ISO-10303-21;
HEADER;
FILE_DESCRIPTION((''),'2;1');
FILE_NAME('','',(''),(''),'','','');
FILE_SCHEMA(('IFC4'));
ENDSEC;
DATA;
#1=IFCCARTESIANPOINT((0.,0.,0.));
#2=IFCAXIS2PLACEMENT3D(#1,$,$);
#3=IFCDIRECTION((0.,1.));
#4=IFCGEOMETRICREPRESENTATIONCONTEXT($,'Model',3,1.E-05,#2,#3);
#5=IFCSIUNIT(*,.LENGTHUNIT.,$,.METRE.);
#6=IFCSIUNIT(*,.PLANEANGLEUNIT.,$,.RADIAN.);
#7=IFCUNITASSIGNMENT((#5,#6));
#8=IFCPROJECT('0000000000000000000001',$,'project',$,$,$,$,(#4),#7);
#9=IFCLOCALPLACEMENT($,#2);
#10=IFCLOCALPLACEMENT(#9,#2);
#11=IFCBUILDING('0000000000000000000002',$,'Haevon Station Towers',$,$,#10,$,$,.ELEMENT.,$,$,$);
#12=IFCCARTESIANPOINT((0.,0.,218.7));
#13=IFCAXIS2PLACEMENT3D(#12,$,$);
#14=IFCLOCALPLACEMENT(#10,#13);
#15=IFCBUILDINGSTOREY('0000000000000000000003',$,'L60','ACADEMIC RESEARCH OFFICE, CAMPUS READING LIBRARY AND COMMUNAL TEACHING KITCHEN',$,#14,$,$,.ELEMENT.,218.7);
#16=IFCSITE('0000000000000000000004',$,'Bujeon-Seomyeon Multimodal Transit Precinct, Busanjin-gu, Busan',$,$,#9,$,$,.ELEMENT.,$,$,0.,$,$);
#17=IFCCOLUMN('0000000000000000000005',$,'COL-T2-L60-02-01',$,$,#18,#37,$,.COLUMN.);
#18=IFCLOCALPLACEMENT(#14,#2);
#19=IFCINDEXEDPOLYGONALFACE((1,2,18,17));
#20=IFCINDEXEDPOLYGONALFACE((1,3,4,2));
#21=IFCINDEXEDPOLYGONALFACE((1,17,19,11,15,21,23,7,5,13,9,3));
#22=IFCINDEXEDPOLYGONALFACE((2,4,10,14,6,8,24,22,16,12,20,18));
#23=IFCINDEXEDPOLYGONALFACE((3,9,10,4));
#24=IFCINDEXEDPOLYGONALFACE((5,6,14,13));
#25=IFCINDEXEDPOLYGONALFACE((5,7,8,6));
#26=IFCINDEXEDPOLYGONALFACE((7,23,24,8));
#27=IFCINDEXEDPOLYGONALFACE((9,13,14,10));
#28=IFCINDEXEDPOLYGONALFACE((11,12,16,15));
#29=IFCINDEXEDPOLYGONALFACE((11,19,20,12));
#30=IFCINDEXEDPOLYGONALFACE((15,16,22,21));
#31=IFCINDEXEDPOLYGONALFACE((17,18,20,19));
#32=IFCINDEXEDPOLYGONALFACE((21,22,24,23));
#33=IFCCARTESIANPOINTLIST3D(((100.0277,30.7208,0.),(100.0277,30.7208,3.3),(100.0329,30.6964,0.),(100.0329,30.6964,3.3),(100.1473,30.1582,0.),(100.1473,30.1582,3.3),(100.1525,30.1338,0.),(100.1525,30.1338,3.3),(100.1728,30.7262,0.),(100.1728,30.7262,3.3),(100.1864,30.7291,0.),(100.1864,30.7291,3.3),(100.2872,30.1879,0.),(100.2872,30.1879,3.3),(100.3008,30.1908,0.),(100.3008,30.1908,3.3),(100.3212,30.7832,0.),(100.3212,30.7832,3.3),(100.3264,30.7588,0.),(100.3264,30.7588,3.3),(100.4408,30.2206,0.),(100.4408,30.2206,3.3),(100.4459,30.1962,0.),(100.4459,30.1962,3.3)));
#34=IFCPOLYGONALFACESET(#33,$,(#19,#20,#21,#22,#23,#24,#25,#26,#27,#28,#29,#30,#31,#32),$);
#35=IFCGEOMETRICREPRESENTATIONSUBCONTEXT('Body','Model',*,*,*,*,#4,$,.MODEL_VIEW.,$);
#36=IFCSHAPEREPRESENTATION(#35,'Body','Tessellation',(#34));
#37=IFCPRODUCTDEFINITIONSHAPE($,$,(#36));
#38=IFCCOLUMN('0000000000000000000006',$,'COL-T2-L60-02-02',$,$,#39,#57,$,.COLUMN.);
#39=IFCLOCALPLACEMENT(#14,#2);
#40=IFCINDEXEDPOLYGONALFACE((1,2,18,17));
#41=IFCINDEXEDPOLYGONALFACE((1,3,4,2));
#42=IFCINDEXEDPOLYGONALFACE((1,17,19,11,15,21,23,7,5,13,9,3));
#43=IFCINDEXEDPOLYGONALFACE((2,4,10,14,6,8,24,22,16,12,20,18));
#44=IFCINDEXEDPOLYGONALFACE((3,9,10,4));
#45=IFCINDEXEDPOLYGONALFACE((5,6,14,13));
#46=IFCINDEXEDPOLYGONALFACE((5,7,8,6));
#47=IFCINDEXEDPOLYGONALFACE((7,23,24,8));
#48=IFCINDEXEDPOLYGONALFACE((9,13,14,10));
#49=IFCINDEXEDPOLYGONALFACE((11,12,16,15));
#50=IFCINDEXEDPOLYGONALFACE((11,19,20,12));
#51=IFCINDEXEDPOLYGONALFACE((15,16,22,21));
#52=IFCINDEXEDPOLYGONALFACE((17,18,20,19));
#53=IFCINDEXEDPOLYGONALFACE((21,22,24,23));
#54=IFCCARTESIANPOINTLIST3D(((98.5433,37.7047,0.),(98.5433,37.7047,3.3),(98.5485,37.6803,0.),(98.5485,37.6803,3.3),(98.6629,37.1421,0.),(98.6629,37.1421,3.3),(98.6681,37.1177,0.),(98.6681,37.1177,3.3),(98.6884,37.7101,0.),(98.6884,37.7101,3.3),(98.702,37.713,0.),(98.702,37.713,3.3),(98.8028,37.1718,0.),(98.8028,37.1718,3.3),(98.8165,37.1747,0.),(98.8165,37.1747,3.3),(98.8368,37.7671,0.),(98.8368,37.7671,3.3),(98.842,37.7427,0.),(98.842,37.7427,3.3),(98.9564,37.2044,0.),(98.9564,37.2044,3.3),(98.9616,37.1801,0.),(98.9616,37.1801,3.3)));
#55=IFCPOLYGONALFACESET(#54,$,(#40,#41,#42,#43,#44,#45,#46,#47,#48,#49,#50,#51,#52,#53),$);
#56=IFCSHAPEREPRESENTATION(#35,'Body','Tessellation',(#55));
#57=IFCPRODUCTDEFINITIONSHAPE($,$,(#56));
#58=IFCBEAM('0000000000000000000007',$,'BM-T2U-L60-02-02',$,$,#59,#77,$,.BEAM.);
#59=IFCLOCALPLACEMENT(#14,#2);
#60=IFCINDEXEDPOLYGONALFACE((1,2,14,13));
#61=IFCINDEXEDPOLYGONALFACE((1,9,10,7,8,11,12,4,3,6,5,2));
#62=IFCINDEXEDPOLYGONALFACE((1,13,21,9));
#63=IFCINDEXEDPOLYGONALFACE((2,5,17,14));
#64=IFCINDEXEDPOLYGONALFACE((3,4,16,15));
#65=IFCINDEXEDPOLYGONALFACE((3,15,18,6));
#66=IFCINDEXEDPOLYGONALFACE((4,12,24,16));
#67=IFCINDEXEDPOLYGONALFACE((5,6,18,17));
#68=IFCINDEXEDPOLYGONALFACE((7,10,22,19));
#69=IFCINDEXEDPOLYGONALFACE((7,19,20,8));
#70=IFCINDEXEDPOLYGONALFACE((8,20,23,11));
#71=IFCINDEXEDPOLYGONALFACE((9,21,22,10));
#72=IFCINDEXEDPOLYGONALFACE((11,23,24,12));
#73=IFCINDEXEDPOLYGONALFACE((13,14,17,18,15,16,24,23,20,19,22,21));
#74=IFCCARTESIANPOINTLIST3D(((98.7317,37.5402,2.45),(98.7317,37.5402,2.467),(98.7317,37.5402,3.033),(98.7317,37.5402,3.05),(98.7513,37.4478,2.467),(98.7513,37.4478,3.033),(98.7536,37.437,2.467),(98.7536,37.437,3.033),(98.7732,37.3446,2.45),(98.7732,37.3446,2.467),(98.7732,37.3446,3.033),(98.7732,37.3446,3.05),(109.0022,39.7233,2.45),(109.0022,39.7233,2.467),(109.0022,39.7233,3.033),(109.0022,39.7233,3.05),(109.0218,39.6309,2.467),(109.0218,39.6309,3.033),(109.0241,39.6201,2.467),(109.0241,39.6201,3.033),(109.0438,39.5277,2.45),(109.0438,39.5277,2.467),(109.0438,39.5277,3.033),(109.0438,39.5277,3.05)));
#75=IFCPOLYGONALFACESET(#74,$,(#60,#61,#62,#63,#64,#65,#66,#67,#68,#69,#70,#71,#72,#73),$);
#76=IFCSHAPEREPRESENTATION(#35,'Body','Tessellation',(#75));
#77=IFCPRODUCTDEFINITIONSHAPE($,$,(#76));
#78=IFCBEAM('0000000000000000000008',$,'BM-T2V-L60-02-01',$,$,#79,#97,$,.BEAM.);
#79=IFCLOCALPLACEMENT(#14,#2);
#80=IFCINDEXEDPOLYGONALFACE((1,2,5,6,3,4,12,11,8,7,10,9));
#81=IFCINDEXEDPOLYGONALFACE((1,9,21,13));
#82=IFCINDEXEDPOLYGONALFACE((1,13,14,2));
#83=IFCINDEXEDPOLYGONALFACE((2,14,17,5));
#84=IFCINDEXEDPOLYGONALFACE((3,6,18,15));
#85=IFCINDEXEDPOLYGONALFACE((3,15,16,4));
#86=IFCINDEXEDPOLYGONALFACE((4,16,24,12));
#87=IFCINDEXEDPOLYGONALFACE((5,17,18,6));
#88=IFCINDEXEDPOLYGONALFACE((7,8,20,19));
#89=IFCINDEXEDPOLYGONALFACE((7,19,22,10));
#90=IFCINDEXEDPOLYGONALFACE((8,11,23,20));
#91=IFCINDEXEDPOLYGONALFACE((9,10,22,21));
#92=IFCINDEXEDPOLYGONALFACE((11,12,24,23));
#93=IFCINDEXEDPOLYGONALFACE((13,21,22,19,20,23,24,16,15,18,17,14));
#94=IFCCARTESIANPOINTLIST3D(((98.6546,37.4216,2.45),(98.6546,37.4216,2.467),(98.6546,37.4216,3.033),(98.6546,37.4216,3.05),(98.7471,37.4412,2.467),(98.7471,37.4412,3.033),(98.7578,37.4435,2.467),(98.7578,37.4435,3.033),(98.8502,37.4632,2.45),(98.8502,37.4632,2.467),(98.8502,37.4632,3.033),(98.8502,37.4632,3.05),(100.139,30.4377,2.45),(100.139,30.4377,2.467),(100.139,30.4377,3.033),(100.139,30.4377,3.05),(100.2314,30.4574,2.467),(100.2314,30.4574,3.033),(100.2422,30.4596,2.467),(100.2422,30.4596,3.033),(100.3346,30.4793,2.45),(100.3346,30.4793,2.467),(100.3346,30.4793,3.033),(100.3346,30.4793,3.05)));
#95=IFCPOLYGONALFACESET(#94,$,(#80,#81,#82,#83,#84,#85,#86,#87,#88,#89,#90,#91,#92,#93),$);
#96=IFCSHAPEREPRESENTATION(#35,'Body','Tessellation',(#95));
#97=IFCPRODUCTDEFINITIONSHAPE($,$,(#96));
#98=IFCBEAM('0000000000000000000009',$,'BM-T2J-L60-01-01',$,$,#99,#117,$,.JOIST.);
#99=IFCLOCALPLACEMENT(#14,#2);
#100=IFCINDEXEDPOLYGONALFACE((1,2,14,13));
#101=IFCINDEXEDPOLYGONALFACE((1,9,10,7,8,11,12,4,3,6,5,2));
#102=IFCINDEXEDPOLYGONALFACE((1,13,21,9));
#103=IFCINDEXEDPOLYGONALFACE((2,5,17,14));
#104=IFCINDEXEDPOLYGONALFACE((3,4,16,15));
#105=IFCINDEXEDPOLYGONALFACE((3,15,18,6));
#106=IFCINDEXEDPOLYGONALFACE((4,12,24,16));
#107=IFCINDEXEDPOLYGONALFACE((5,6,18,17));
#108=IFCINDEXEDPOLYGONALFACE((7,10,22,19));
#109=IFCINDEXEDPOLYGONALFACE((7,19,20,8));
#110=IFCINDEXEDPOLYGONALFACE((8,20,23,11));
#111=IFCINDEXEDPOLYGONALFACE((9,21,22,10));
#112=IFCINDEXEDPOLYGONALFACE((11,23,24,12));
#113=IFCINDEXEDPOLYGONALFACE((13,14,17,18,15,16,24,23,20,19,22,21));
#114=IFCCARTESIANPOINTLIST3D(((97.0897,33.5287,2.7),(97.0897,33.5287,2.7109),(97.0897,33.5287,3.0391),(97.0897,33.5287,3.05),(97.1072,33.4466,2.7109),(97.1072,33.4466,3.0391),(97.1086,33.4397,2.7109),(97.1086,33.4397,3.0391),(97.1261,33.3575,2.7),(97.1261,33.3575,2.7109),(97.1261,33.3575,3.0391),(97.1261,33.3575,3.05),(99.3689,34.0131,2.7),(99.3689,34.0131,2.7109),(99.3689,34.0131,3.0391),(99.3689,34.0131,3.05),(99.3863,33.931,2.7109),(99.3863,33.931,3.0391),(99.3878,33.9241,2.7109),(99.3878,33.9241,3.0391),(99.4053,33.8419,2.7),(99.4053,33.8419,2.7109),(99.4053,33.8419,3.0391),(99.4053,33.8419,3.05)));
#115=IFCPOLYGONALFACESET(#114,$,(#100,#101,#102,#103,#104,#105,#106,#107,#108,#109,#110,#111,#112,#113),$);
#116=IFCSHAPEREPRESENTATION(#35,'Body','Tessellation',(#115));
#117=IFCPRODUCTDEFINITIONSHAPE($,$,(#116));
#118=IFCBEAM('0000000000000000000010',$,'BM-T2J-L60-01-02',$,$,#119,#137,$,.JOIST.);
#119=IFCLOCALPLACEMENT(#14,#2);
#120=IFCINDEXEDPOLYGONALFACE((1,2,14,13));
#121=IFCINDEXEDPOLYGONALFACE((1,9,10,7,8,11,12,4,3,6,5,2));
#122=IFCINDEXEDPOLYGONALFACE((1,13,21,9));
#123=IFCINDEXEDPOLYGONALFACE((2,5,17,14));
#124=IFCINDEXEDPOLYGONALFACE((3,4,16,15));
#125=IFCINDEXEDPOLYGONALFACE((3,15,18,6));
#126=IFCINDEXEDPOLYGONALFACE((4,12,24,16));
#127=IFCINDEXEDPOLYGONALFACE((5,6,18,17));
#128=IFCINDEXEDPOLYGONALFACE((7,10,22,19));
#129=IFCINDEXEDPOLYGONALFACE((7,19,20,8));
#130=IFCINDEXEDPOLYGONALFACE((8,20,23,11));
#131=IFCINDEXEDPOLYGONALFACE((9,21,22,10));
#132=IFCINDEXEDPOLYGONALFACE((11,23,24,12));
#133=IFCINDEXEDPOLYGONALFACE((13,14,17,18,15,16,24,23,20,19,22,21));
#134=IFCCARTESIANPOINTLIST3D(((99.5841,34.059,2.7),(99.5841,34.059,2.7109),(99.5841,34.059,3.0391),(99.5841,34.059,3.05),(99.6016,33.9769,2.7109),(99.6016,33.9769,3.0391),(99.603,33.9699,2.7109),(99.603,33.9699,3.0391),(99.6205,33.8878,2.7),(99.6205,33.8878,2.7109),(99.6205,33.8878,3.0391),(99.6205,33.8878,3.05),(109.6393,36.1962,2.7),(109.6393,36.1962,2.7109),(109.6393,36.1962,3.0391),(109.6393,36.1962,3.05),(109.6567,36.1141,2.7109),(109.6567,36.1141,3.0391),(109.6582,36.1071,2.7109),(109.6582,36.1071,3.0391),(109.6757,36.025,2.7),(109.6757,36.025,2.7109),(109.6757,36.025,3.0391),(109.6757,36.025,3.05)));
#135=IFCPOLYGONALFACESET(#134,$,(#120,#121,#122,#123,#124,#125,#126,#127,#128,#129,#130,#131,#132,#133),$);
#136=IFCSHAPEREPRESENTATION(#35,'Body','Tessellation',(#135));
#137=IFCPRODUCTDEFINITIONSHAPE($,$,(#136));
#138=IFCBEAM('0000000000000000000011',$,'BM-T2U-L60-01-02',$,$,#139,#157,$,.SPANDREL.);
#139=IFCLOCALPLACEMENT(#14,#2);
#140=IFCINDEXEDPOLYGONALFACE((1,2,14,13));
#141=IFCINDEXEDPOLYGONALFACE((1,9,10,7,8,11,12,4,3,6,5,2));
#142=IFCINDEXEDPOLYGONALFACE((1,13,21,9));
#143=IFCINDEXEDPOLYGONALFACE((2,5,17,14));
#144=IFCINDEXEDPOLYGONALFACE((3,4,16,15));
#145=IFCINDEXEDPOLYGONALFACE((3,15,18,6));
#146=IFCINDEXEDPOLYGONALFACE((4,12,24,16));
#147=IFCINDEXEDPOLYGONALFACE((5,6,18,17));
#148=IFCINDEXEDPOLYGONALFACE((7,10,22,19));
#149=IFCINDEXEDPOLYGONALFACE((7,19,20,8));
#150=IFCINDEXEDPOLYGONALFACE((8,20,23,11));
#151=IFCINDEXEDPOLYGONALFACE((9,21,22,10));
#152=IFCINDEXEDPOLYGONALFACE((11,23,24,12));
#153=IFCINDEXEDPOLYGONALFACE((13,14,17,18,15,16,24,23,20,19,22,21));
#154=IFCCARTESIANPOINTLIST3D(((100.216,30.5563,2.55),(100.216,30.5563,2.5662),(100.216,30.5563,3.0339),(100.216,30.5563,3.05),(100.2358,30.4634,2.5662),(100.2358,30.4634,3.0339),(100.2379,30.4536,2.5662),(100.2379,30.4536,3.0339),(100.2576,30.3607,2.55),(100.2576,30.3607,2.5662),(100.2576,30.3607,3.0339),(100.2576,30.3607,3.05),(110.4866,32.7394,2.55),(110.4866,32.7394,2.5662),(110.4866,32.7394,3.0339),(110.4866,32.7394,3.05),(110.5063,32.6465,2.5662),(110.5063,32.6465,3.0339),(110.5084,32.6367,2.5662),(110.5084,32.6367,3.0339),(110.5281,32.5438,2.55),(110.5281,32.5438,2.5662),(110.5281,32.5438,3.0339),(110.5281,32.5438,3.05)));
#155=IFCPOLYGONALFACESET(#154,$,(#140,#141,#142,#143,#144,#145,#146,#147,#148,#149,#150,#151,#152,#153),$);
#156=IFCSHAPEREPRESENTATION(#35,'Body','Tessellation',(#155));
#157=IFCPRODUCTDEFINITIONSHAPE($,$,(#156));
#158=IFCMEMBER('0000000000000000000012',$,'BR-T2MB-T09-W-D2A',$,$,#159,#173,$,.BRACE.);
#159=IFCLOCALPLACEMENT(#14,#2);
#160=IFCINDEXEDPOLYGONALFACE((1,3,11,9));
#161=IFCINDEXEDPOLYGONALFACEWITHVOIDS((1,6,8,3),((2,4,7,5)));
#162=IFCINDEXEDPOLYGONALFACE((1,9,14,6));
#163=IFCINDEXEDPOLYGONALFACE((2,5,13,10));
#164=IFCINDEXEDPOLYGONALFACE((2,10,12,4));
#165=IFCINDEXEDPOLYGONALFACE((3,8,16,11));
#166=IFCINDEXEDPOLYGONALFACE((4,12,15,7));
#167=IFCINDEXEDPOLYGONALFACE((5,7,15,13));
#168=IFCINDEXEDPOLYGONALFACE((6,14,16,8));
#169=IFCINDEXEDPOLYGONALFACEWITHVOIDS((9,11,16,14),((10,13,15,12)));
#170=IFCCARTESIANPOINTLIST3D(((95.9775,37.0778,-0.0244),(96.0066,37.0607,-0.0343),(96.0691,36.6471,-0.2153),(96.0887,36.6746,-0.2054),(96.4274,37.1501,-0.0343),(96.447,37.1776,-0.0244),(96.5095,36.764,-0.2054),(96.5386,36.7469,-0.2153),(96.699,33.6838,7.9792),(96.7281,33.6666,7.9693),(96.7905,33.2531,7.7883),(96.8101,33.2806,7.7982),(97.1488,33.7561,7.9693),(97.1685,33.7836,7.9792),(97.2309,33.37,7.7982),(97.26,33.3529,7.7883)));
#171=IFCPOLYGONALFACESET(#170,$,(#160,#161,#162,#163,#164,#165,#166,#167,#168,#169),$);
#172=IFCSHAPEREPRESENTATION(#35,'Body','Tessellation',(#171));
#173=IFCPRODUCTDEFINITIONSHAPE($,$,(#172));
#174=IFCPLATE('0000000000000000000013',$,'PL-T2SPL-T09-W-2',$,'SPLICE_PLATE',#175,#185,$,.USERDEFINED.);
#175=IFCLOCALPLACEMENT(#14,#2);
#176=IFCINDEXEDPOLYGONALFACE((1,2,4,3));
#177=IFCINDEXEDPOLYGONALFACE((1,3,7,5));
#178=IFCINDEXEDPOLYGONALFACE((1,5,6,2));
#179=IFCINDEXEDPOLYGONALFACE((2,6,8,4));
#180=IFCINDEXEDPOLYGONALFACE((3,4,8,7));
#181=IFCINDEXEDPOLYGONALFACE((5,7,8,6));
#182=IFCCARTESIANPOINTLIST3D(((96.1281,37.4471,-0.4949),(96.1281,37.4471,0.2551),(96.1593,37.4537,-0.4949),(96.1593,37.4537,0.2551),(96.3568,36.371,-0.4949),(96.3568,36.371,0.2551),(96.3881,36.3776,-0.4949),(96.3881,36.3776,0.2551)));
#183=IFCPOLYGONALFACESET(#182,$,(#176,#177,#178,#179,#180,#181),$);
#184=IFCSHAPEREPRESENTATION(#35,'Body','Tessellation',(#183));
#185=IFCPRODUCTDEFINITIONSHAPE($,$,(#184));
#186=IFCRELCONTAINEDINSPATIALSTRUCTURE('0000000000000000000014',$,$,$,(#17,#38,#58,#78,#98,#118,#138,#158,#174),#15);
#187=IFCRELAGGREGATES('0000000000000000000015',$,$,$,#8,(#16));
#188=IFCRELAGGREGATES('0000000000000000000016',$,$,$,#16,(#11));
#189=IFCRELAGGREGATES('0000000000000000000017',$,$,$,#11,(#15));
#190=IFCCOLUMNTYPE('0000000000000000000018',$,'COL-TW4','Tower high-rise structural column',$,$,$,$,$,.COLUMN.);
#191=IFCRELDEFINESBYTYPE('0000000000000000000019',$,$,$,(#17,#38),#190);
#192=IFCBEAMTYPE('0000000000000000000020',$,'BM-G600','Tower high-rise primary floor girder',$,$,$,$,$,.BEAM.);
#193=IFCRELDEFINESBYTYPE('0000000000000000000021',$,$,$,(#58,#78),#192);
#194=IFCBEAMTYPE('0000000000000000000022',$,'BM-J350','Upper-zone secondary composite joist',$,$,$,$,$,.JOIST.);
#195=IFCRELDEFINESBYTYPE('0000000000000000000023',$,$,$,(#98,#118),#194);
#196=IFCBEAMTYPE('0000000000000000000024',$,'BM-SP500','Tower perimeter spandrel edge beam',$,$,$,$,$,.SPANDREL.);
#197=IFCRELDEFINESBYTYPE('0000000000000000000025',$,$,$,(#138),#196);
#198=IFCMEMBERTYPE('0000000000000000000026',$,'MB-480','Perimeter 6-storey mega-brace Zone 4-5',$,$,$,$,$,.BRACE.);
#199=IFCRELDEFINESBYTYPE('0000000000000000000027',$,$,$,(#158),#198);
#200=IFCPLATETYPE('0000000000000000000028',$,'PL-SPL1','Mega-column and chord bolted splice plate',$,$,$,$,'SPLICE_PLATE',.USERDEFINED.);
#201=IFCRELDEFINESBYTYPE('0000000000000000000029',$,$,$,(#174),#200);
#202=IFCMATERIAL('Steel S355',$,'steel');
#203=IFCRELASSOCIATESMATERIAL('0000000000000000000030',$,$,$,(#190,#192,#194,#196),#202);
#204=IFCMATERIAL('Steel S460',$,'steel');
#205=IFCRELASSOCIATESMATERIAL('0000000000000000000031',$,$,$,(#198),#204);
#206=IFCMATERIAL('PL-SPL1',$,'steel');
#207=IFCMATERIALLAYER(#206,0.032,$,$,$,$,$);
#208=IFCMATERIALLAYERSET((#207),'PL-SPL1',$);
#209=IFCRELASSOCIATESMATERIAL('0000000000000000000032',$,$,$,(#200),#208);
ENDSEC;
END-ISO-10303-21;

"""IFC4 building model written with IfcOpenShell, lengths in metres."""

from ifc_helpers import new_model, si_unit, direction, frame, origin, origin_2d, place, context, subcontext, project, spatial, rectangle, hollow_rectangle, i_section, extrude, material, layer, layer_set, material_profile, profile_set, type_object, element, save


model = new_model("IFC4")

# Units and contexts
model_context = context("Model", 3, precision=1e-05, world=origin(), true_north=direction((0.0, 1.0)))
body_context = subcontext(model_context, "Body", "Model", "MODEL_VIEW")
ifc_project = project(units=[si_unit("LENGTHUNIT", "METRE"), si_unit("PLANEANGLEUNIT", "RADIAN")], contexts=[model_context])

# Site, building, storey
site_placement = place(None, origin())
site = spatial("IfcSite", under=ifc_project, at=site_placement, Name="Bujeon-Seomyeon Multimodal Transit Precinct, Busanjin-gu, Busan", CompositionType="ELEMENT", RefElevation=0.0)
building_placement = place(site_placement, origin())
building = spatial("IfcBuilding", under=site, at=building_placement, Name="Haevon Station Towers", CompositionType="ELEMENT")
storey_placement = place(building_placement, frame((0.0, 0.0, 218.7)))
storey = spatial("IfcBuildingStorey", under=building, at=storey_placement, Name="L60", Description="ACADEMIC RESEARCH OFFICE, CAMPUS READING LIBRARY AND COMMUNAL TEACHING KITCHEN", CompositionType="ELEMENT", Elevation=218.7)

# Columns
ifc_material_1 = material(Name="Steel S355", Category="steel")
ifc_material_profile_1 = material_profile(ifc_material_1, i_section(OverallWidth=0.3, OverallDepth=0.6001, WebThickness=0.0139, FlangeThickness=0.0249, at=origin_2d()), Name="H-600x300x14x25")
ifc_profile_set_1 = profile_set([ifc_material_profile_1], Name="Steel S355")
column_type = type_object("IfcColumnType", Name="COL-TW4", Description="Tower high-rise structural column", PredefinedType="COLUMN", material=ifc_profile_set_1)
for number, where, z_axis, x_axis, name in (
    (1, (100.2368, 30.4585, 0.0), (0.0, 0.0, 1.0), (0.978148, 0.207912, 0.0), "COL-T2-L60-02-01"),
    (2, (98.7524, 37.4424, 0.0), (0.0, 0.0, 1.0), (0.978148, 0.207912, 0.0), "COL-T2-L60-02-02"),
):
    element("IfcColumn", number, at=place(storey_placement, frame(where, z_axis=z_axis, x_axis=x_axis)), inside=storey, type_object=column_type, Name=name, PredefinedType="COLUMN", context=body_context, shape_type="SweptSolid", body=[
        extrude(i_section(OverallWidth=0.3, OverallDepth=0.6001, WebThickness=0.0139, FlangeThickness=0.0249, at=origin_2d()), origin(), (0.0, 0.0, 1.0), 3.3),
    ])

# Beams
ifc_material_profile_2 = material_profile(ifc_material_1, i_section(OverallWidth=0.2, OverallDepth=0.6001, WebThickness=0.011, FlangeThickness=0.0171, at=origin_2d()), Name="H-600x200x11x17")
ifc_profile_set_2 = profile_set([ifc_material_profile_2], Name="Steel S355")
beam_type_1 = type_object("IfcBeamType", Name="BM-G600", Description="Tower high-rise primary floor girder", PredefinedType="BEAM", material=ifc_profile_set_2)
beam_1_placement = place(storey_placement, frame((98.7524, 37.4424, 2.75), z_axis=(0.978147, 0.207915, 0.0), x_axis=(-0.207915, 0.978147, 0.0)))
element("IfcBeam", 3, at=beam_1_placement, inside=storey, type_object=beam_type_1, Name="BM-T2U-L60-02-02", PredefinedType="BEAM", context=body_context, shape_type="SweptSolid", body=[
    extrude(i_section(OverallWidth=0.2, OverallDepth=0.6001, WebThickness=0.011, FlangeThickness=0.0171, at=origin_2d()), origin(), (0.0, 0.0, 1.0), 10.5),
])
beam_2_placement = place(storey_placement, frame((100.2368, 30.4585, 2.75), z_axis=(-0.207899, 0.97815, 0.0), x_axis=(-0.97815, -0.207899, 0.0)))
element("IfcBeam", 4, at=beam_2_placement, inside=storey, type_object=beam_type_1, Name="BM-T2V-L60-02-01", PredefinedType="BEAM", context=body_context, shape_type="SweptSolid", body=[
    extrude(i_section(OverallWidth=0.2, OverallDepth=0.6001, WebThickness=0.011, FlangeThickness=0.0171, at=origin_2d()), origin(), (0.0, 0.0, 1.0), 7.1399),
])
ifc_material_profile_3 = material_profile(ifc_material_1, i_section(OverallWidth=0.175, OverallDepth=0.3501, WebThickness=0.0071, FlangeThickness=0.011, at=origin_2d()), Name="H-350x175x7x11")
ifc_profile_set_3 = profile_set([ifc_material_profile_3], Name="Steel S355")
beam_type_2 = type_object("IfcBeamType", Name="BM-J350", Description="Upper-zone secondary composite joist", PredefinedType="JOIST", material=ifc_profile_set_3)
beam_3_placement = place(storey_placement, frame((97.1079, 33.4431, 2.875), z_axis=(0.978152, 0.20789, 0.0), x_axis=(-0.20789, 0.978152, 0.0)))
element("IfcBeam", 5, at=beam_3_placement, inside=storey, type_object=beam_type_2, Name="BM-T2J-L60-01-01", PredefinedType="JOIST", context=body_context, shape_type="SweptSolid", body=[
    extrude(i_section(OverallWidth=0.175, OverallDepth=0.3501, WebThickness=0.0071, FlangeThickness=0.011, at=origin_2d()), origin(), (0.0, 0.0, 1.0), 2.3301),
])
beam_4_placement = place(storey_placement, frame((99.6023, 33.9734, 2.875), z_axis=(0.978149, 0.207904, 0.0), x_axis=(-0.207904, 0.978149, 0.0)))
element("IfcBeam", 6, at=beam_4_placement, inside=storey, type_object=beam_type_2, Name="BM-T2J-L60-01-02", PredefinedType="JOIST", context=body_context, shape_type="SweptSolid", body=[
    extrude(i_section(OverallWidth=0.175, OverallDepth=0.3501, WebThickness=0.0071, FlangeThickness=0.011, at=origin_2d()), origin(), (0.0, 0.0, 1.0), 10.2798),
])
ifc_material_profile_4 = material_profile(ifc_material_1, i_section(OverallWidth=0.2, OverallDepth=0.5, WebThickness=0.01, FlangeThickness=0.0161, at=origin_2d()), Name="H-500x200x10x16")
ifc_profile_set_4 = profile_set([ifc_material_profile_4], Name="Steel S355")
beam_type_3 = type_object("IfcBeamType", Name="BM-SP500", Description="Tower perimeter spandrel edge beam", PredefinedType="SPANDREL", material=ifc_profile_set_4)
beam_5_placement = place(storey_placement, frame((100.2368, 30.4585, 2.8), z_axis=(0.978147, 0.207915, 0.0), x_axis=(-0.207915, 0.978147, 0.0)))
element("IfcBeam", 7, at=beam_5_placement, inside=storey, type_object=beam_type_3, Name="BM-T2U-L60-01-02", PredefinedType="SPANDREL", context=body_context, shape_type="SweptSolid", body=[
    extrude(i_section(OverallWidth=0.2, OverallDepth=0.5, WebThickness=0.01, FlangeThickness=0.0161, at=origin_2d()), origin(), (0.0, 0.0, 1.0), 10.5),
])

# Member
ifc_material_2 = material(Name="Steel S460", Category="steel")
ifc_material_profile_5 = material_profile(ifc_material_2, hollow_rectangle(XDim=0.48, YDim=0.48, WallThickness=0.0249, at=origin_2d()), Name="RHS-480x480x25")
ifc_profile_set_5 = profile_set([ifc_material_profile_5], Name="Steel S460")
member_type = type_object("IfcMemberType", Name="MB-480", Description="Perimeter 6-storey mega-brace Zone 4-5", PredefinedType="BRACE", material=ifc_profile_set_5)
member_placement = place(storey_placement, frame((96.2581, 36.9124, -0.1199), z_axis=(0.082701, -0.389071, 0.917488), x_axis=(0.978147, 0.207914, 0.0)))
element("IfcMember", 8, at=member_placement, inside=storey, type_object=member_type, Name="BR-T2MB-T09-W-D2A", PredefinedType="BRACE", context=body_context, shape_type="SweptSolid", body=[
    extrude(hollow_rectangle(XDim=0.48, YDim=0.48, WallThickness=0.0249, at=origin_2d()), origin(), (0.0, 0.0, 1.0), 8.7234),
])

# Plate
ifc_material_3 = material(Name="PL-SPL1", Category="steel")
ifc_layer_1 = layer(ifc_material_3, 0.032)
ifc_layer_set_1 = layer_set([ifc_layer_1], Name="PL-SPL1")
plate_type = type_object("IfcPlateType", Name="PL-SPL1", Description="Mega-column and chord bolted splice plate", ElementType="SPLICE_PLATE", PredefinedType="USERDEFINED", material=ifc_layer_set_1)
plate_placement = place(storey_placement, frame((96.2581, 36.9124, -0.4949), z_axis=(0.0, 0.0, 1.0), x_axis=(-0.207912, 0.978148, 0.0)))
element("IfcPlate", 9, at=plate_placement, inside=storey, type_object=plate_type, Name="PL-T2SPL-T09-W-2", ObjectType="SPLICE_PLATE", PredefinedType="USERDEFINED", context=body_context, shape_type="SweptSolid", body=[
    extrude(rectangle(XDim=1.1001, YDim=0.032, at=origin_2d()), origin(), (0.0, 0.0, 1.0), 0.75),
])

save(model, "model.ifc")
